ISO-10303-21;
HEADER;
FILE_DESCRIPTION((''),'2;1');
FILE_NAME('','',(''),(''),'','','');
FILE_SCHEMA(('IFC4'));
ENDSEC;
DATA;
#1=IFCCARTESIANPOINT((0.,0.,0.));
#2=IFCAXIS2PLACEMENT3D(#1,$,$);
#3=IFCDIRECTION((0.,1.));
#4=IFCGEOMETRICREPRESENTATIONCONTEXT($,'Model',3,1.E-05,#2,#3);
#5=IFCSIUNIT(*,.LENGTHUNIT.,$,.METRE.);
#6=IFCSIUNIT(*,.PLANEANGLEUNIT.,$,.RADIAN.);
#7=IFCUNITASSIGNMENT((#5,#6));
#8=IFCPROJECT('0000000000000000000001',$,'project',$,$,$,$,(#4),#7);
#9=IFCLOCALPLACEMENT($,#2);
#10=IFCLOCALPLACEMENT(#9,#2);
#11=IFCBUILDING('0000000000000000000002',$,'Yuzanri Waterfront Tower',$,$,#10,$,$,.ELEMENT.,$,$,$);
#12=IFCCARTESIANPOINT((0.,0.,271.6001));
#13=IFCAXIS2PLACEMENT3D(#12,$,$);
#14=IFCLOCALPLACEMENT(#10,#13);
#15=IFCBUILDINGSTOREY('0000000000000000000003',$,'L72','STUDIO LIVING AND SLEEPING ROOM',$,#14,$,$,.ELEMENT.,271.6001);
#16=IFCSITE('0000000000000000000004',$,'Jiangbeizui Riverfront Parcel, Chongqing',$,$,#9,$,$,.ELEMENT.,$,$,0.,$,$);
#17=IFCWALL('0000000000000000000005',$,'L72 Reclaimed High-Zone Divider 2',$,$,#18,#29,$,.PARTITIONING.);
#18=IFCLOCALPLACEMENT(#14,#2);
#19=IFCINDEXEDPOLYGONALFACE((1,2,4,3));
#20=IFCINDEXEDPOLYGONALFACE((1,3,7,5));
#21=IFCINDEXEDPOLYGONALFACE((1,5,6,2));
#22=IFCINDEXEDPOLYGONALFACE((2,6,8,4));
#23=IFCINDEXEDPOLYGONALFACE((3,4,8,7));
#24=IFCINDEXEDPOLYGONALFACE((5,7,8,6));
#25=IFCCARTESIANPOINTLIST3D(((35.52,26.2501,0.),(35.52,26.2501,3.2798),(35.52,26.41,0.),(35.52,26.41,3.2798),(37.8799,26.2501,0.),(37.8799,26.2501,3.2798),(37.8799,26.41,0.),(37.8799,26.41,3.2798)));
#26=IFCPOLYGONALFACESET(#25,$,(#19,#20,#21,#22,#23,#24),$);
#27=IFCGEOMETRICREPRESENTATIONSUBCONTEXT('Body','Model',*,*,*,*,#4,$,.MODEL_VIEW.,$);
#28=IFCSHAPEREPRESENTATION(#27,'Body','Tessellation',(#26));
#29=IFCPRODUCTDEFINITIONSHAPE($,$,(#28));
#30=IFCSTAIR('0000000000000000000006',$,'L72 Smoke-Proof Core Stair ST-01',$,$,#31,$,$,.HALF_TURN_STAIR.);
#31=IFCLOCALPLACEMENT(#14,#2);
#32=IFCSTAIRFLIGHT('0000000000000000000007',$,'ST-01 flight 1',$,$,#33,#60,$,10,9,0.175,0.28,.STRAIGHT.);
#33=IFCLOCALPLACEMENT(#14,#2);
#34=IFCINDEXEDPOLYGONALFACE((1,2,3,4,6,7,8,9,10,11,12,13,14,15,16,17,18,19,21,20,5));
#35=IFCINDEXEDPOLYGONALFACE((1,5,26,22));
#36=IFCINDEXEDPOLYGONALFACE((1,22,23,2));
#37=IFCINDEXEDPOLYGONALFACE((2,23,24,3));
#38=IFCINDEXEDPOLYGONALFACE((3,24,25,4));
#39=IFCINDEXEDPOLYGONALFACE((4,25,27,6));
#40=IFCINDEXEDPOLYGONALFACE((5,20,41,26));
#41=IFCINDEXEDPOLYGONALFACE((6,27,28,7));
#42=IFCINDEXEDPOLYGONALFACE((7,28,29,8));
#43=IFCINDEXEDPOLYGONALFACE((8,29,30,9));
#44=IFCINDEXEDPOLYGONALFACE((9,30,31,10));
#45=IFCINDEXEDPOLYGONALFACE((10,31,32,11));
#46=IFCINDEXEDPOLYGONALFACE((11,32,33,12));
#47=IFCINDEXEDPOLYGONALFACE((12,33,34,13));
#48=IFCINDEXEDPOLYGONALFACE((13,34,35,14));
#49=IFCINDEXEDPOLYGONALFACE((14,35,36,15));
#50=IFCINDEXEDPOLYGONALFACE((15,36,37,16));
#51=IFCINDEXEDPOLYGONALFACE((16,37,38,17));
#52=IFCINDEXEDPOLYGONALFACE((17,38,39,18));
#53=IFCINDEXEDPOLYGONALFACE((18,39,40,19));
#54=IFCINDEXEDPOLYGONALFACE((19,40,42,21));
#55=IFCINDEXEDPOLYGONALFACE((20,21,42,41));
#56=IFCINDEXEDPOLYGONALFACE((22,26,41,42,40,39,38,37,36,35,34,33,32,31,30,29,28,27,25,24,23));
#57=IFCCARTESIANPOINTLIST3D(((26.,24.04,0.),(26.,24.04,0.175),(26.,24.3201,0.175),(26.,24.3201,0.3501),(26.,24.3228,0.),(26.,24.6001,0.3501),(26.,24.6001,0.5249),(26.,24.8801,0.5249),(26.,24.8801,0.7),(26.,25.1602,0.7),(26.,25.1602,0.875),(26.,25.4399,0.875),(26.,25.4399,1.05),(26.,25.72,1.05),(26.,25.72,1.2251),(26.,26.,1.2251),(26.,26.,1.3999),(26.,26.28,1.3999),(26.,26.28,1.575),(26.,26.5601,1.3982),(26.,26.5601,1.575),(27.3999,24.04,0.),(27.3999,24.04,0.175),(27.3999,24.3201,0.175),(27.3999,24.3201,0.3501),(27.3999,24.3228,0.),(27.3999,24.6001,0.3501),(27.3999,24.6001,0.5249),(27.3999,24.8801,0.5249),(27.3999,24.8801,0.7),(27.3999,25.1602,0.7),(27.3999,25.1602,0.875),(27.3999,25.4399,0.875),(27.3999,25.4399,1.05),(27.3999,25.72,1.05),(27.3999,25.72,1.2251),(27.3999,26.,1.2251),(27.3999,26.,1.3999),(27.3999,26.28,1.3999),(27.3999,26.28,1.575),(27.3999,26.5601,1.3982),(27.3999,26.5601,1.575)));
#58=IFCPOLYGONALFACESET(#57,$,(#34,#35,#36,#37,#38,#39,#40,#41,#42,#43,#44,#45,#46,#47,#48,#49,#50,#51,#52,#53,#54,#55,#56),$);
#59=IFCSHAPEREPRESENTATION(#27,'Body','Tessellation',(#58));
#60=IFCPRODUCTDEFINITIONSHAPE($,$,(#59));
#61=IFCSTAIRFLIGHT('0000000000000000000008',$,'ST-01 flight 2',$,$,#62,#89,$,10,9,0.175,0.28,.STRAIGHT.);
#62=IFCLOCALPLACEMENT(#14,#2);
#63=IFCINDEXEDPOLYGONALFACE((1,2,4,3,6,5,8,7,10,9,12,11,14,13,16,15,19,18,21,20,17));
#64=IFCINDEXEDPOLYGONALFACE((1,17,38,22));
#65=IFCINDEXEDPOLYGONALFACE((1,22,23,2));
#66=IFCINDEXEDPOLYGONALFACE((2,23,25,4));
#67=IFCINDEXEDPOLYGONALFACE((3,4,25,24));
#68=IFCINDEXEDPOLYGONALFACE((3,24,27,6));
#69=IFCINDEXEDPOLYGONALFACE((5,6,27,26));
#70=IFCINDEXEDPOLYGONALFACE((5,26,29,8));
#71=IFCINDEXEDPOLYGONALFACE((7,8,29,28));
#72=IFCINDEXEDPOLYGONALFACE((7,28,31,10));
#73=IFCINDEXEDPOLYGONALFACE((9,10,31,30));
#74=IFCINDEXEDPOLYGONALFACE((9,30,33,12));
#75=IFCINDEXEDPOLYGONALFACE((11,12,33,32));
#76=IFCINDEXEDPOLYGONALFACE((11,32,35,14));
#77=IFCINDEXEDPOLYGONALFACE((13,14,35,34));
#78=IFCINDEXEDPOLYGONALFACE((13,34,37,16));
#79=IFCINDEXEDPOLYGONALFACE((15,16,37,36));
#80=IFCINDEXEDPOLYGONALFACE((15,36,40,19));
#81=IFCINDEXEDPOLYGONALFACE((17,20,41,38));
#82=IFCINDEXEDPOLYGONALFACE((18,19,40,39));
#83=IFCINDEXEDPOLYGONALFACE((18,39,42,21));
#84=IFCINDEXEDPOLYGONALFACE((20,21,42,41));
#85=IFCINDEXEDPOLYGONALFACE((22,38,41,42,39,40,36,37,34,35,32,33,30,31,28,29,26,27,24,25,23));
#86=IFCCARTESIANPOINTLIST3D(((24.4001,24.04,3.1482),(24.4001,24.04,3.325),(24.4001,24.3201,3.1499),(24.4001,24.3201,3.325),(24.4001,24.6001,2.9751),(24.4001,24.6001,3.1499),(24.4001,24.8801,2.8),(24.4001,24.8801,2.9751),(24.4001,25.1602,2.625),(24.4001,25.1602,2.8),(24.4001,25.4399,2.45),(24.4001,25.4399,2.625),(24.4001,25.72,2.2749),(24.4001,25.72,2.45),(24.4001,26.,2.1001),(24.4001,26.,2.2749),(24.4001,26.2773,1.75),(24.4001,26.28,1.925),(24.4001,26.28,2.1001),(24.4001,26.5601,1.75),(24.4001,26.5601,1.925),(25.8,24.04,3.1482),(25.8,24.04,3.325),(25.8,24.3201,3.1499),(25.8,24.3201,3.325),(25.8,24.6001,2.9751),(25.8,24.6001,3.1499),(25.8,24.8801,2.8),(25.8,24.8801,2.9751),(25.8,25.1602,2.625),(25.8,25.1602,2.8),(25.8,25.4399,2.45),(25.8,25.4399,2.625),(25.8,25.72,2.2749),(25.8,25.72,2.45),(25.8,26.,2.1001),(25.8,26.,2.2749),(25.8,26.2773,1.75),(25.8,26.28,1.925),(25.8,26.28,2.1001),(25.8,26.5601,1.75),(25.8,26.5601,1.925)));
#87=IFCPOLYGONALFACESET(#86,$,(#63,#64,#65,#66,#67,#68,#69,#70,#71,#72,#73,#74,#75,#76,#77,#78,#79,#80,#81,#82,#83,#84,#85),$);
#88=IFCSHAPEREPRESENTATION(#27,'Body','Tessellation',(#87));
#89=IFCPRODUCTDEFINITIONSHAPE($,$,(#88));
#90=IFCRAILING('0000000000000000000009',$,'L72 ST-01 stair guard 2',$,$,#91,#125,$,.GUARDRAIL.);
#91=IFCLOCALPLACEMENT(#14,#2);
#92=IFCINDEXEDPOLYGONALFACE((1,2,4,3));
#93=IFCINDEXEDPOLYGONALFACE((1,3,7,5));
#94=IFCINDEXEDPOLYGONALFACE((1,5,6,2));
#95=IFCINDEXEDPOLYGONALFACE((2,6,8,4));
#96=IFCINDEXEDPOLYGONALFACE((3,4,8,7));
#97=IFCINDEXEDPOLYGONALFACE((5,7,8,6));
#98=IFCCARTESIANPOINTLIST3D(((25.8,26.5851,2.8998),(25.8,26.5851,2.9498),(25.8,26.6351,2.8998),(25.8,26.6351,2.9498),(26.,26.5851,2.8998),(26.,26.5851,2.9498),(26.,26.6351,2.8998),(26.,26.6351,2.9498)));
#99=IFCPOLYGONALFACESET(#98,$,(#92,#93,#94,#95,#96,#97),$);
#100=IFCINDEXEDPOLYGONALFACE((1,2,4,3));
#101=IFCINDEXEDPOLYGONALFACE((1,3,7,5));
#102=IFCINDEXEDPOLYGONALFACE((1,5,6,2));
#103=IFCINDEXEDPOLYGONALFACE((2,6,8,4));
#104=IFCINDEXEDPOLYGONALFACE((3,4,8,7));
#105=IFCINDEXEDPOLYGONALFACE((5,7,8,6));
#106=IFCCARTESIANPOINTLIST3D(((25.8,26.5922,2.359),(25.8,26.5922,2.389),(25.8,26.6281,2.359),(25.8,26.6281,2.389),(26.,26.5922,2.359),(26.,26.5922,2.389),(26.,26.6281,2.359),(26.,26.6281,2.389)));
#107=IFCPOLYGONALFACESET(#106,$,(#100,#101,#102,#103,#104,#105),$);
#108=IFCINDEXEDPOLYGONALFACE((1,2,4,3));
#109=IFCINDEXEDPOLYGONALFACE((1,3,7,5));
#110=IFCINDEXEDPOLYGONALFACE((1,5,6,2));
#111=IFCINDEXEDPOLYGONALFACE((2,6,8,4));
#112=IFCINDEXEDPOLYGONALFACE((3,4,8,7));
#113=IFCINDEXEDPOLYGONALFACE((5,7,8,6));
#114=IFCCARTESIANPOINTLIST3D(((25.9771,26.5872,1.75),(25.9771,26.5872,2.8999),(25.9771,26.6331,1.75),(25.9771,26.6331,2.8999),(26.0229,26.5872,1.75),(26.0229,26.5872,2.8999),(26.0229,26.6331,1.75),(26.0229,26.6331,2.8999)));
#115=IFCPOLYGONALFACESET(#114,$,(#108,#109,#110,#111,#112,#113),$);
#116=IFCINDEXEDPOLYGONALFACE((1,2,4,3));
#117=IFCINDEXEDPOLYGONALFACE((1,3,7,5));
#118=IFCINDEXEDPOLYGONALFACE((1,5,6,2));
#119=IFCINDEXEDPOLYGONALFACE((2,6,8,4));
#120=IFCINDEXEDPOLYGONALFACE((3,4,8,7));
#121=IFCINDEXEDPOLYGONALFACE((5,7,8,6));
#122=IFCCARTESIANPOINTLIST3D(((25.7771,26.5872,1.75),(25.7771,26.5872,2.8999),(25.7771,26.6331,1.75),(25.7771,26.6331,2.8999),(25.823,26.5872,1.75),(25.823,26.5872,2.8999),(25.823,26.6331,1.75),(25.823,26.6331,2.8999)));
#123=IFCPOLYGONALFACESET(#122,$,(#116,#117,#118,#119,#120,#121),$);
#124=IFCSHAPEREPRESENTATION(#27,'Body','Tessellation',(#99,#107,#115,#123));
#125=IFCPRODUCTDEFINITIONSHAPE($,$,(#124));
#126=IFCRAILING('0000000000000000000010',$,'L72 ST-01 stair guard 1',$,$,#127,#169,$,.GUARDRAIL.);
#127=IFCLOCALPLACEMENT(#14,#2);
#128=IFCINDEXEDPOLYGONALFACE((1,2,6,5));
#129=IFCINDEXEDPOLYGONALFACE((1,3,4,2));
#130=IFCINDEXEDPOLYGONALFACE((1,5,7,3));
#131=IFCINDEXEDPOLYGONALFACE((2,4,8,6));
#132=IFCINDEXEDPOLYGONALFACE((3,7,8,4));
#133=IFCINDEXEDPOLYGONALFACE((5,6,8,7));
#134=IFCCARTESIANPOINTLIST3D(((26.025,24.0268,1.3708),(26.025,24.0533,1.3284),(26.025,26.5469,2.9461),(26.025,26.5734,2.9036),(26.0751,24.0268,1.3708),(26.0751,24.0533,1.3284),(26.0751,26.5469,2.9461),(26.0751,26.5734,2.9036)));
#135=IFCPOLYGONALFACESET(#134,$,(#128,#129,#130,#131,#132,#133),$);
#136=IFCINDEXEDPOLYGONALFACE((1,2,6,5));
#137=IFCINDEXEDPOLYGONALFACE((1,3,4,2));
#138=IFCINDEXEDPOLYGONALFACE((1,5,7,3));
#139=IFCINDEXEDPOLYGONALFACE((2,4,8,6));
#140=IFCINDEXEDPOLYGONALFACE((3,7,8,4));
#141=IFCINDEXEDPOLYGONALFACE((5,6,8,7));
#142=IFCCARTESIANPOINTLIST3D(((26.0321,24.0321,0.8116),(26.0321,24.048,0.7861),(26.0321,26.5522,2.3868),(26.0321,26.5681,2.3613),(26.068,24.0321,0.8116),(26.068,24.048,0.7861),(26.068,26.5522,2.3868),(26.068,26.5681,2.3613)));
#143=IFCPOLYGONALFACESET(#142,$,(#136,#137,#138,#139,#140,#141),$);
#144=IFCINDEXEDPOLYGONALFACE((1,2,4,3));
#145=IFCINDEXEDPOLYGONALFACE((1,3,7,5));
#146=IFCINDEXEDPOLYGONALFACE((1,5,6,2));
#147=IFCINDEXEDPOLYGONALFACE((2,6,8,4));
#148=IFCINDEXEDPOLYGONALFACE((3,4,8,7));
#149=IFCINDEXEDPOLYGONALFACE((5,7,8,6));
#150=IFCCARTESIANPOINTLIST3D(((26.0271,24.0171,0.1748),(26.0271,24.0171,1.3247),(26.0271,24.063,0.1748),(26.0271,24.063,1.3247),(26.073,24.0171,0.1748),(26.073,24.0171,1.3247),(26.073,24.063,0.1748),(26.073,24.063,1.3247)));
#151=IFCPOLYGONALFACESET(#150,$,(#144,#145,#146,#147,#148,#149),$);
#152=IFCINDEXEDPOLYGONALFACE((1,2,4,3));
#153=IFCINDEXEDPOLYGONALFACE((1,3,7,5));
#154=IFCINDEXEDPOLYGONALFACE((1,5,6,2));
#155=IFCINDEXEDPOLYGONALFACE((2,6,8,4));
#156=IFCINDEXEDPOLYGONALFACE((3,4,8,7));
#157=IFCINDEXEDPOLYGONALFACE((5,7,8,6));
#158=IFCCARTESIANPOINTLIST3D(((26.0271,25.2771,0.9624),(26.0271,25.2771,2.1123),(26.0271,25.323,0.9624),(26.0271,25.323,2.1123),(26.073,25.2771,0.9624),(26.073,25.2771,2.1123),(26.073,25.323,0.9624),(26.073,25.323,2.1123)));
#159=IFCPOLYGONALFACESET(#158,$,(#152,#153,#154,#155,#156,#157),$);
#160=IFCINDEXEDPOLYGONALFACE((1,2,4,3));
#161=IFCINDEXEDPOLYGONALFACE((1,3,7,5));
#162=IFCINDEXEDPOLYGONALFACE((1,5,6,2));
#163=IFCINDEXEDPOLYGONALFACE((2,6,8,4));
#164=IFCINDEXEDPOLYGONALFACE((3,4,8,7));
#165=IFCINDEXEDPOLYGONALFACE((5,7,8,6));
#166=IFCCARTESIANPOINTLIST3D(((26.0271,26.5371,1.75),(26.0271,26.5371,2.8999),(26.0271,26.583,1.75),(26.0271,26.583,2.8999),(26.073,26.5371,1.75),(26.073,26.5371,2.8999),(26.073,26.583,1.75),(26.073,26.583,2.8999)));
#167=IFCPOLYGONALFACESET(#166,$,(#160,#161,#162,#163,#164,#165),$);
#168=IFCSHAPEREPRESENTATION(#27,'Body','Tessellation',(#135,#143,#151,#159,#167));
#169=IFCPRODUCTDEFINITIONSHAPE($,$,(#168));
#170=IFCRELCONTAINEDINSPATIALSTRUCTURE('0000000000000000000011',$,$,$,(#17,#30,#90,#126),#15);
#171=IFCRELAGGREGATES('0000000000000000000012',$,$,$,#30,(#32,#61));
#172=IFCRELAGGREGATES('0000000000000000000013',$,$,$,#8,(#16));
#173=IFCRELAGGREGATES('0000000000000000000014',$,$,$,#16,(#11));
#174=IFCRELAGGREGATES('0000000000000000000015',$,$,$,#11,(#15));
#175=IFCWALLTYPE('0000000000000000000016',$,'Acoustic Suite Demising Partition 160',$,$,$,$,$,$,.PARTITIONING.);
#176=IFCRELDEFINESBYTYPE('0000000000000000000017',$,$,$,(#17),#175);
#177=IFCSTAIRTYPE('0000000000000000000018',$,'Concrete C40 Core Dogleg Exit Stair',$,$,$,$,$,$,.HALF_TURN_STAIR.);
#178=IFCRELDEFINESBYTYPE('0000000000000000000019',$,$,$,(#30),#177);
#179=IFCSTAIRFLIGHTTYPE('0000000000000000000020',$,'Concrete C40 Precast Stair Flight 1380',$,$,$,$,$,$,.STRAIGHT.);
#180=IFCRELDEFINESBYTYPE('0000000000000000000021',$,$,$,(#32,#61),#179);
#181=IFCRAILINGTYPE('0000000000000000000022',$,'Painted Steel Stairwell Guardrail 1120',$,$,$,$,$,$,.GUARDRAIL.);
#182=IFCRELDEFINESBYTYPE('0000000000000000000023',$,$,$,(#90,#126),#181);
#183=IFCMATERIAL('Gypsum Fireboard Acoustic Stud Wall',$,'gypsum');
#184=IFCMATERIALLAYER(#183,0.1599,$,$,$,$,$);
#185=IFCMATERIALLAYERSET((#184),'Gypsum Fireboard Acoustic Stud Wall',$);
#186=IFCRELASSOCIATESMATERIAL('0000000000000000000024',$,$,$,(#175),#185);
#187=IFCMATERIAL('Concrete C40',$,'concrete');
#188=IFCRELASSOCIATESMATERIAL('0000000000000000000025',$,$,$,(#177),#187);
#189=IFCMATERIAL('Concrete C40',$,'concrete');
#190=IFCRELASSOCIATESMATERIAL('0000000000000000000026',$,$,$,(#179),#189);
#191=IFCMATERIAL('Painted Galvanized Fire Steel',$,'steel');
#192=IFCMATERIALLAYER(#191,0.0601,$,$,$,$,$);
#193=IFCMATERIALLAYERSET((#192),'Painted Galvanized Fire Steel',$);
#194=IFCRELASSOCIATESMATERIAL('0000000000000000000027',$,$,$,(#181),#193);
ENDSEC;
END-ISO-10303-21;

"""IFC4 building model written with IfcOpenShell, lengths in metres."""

from ifc_helpers import new_model, si_unit, direction, frame, frame_2d, origin, origin_2d, place, context, subcontext, project, spatial, polyline, rectangle, outline, extrude, source, transform, mapped, material, layer, layer_set, type_object, element, aggregate, save


model = new_model("IFC4")

# Units and contexts
model_context = context("Model", 3, precision=1e-05, world=origin(), true_north=direction((0.0, 1.0)))
body_context = subcontext(model_context, "Body", "Model", "MODEL_VIEW")
ifc_project = project(units=[si_unit("LENGTHUNIT", "METRE"), si_unit("PLANEANGLEUNIT", "RADIAN")], contexts=[model_context])

# Site, building, storey
site_placement = place(None, origin())
site = spatial("IfcSite", under=ifc_project, at=site_placement, Name="Jiangbeizui Riverfront Parcel, Chongqing", CompositionType="ELEMENT", RefElevation=0.0)
building_placement = place(site_placement, origin())
building = spatial("IfcBuilding", under=site, at=building_placement, Name="Yuzanri Waterfront Tower", CompositionType="ELEMENT")
storey_placement = place(building_placement, frame((0.0, 0.0, 271.6001)))
storey = spatial("IfcBuildingStorey", under=building, at=storey_placement, Name="L72", Description="STUDIO LIVING AND SLEEPING ROOM", CompositionType="ELEMENT", Elevation=271.6001)

# Wall
ifc_material_1 = material(Name="Gypsum Fireboard Acoustic Stud Wall", Category="gypsum")
ifc_layer_1 = layer(ifc_material_1, 0.1599)
ifc_layer_set_1 = layer_set([ifc_layer_1], Name="Gypsum Fireboard Acoustic Stud Wall")
wall_type_1 = type_object("IfcWallType", Name="Acoustic Suite Demising Partition 160", PredefinedType="PARTITIONING", material=ifc_layer_set_1)
shared_shape_1 = source(origin(), body_context, "Body", "SweptSolid", [
    extrude(rectangle(XDim=2.3599, YDim=0.1599, at=frame_2d((1.1799, 0.0))), origin(), (0.0, 0.0, 1.0), 3.2798),
])
wall_1_placement = place(storey_placement, frame((35.52, 26.3301, 0.0), z_axis=(0.0, 0.0, 1.0), x_axis=(1.0, 0.0, 0.0)))
element("IfcWall", 1, at=wall_1_placement, inside=storey, type_object=wall_type_1, Name="L72 Reclaimed High-Zone Divider 2", PredefinedType="PARTITIONING", context=body_context, shape_type="MappedRepresentation", body=[
    mapped(shared_shape_1, transform((0.0, 0.0, 0.0), scale=1.0)),
])

# Stair, stair flights
ifc_material_2 = material(Name="Concrete C40", Category="concrete")
stair_type = type_object("IfcStairType", Name="Concrete C40 Core Dogleg Exit Stair", PredefinedType="HALF_TURN_STAIR", material=ifc_material_2)
stair_placement = place(storey_placement, origin())
stair = element("IfcStair", 2, at=stair_placement, inside=storey, type_object=stair_type, Name="L72 Smoke-Proof Core Stair ST-01", PredefinedType="HALF_TURN_STAIR")
ifc_material_3 = material(Name="Concrete C40", Category="concrete")
stair_flight_type = type_object("IfcStairFlightType", Name="Concrete C40 Precast Stair Flight 1380", PredefinedType="STRAIGHT", material=ifc_material_3)
shared_shape_2 = source(origin(), body_context, "Body", "SweptSolid", [
    extrude(outline(polyline([(0.0, 0.0), (0.0, 0.175), (0.28, 0.175), (0.28, 0.3501), (0.5601, 0.3501), (0.5601, 0.5249), (0.8401, 0.5249), (0.8401, 0.7), (1.1201, 0.7), (1.1201, 0.875), (1.3999, 0.875), (1.3999, 1.05), (1.6799, 1.05), (1.6799, 1.2251), (1.96, 1.2251), (1.96, 1.3999), (2.24, 1.3999), (2.24, 1.575), (2.52, 1.575), (2.52, 1.75), (2.52, 1.3982), (0.2827, 0.0), (0.0, 0.0)])), frame((0.0, 0.7, 0.0), z_axis=(0.0, -1.0, 0.0), x_axis=(1.0, 0.0, 0.0)), (0.0, 0.0, 1.0), 1.3999),
])
stair_flight_1_placement = place(storey_placement, frame((26.7, 24.04, 0.0), z_axis=(0.0, 0.0, 1.0), x_axis=(0.0, 1.0, 0.0)))
stair_flight_1 = element("IfcStairFlight", 3, at=stair_flight_1_placement, type_object=stair_flight_type, Name="ST-01 flight 1", NumberOfRisers=10, NumberOfTreads=9, PredefinedType="STRAIGHT", RiserHeight=0.175, TreadLength=0.28, context=body_context, shape_type="MappedRepresentation", body=[
    mapped(shared_shape_2, transform((0.0, 0.0, 0.0), scale=1.0)),
])
stair_flight_2_placement = place(storey_placement, frame((25.1001, 26.5601, 1.75), z_axis=(0.0, 0.0, 1.0), x_axis=(0.0, -1.0, 0.0)))
stair_flight_2 = element("IfcStairFlight", 4, at=stair_flight_2_placement, type_object=stair_flight_type, Name="ST-01 flight 2", NumberOfRisers=10, NumberOfTreads=9, PredefinedType="STRAIGHT", RiserHeight=0.175, TreadLength=0.28, context=body_context, shape_type="MappedRepresentation", body=[
    mapped(shared_shape_2, transform((0.0, 0.0, 0.0), scale=1.0)),
])
aggregate(stair, [stair_flight_1, stair_flight_2])

# Railings
ifc_material_4 = material(Name="Painted Galvanized Fire Steel", Category="steel")
ifc_layer_2 = layer(ifc_material_4, 0.0601)
ifc_layer_set_2 = layer_set([ifc_layer_2], Name="Painted Galvanized Fire Steel")
railing_type_1 = type_object("IfcRailingType", Name="Painted Steel Stairwell Guardrail 1120", PredefinedType="GUARDRAIL", material=ifc_layer_set_2)
shared_shape_3 = source(origin(), body_context, "Body", "SweptSolid", [
    extrude(rectangle(XDim=0.05, YDim=0.05, at=origin_2d()), frame((0.0, 0.0, 1.1748), z_axis=(-1.0, 0.0, 0.0), x_axis=(0.0, -1.0, 0.0)), (0.0, 0.0, 1.0), 0.2),
    extrude(rectangle(XDim=0.0359, YDim=0.03, at=origin_2d()), frame((0.0, 0.0, 0.624), z_axis=(-1.0, 0.0, 0.0), x_axis=(0.0, -1.0, 0.0)), (0.0, 0.0, 1.0), 0.2),
    extrude(rectangle(XDim=0.0459, YDim=0.0459, at=origin_2d()), origin(), (0.0, 0.0, 1.0), 1.1499),
    extrude(rectangle(XDim=0.0459, YDim=0.0459, at=origin_2d()), frame((-0.2, 0.0, 0.0)), (0.0, 0.0, 1.0), 1.1499),
])
railing_1_placement = place(storey_placement, frame((26.0, 26.6101, 1.75)))
element("IfcRailing", 5, at=railing_1_placement, inside=storey, type_object=railing_type_1, Name="L72 ST-01 stair guard 2", PredefinedType="GUARDRAIL", context=body_context, shape_type="MappedRepresentation", body=[
    mapped(shared_shape_3, transform((0.0, 0.0, 0.0), scale=1.0)),
])
shared_shape_4 = source(origin(), body_context, "Body", "SweptSolid", [
    extrude(rectangle(XDim=0.05, YDim=0.05, at=origin_2d()), frame((0.0, 0.0, 1.1748), z_axis=(0.0, 0.847971, 0.530043), x_axis=(-1.0, 0.0, 0.0)), (0.0, 0.0, 1.0), 2.9719),
    extrude(rectangle(XDim=0.0359, YDim=0.03, at=origin_2d()), frame((0.0, 0.0, 0.624), z_axis=(0.0, 0.847971, 0.530043), x_axis=(-1.0, 0.0, 0.0)), (0.0, 0.0, 1.0), 2.9719),
    extrude(rectangle(XDim=0.0459, YDim=0.0459, at=origin_2d()), origin(), (0.0, 0.0, 1.0), 1.1499),
    extrude(rectangle(XDim=0.0459, YDim=0.0459, at=origin_2d()), frame((0.0, 1.26, 0.7876)), (0.0, 0.0, 1.0), 1.1499),
    extrude(rectangle(XDim=0.0459, YDim=0.0459, at=origin_2d()), frame((0.0, 2.52, 1.5752)), (0.0, 0.0, 1.0), 1.1499),
])
railing_2_placement = place(storey_placement, frame((26.05, 24.04, 0.1748)))
element("IfcRailing", 6, at=railing_2_placement, inside=storey, type_object=railing_type_1, Name="L72 ST-01 stair guard 1", PredefinedType="GUARDRAIL", context=body_context, shape_type="MappedRepresentation", body=[
    mapped(shared_shape_4, transform((0.0, 0.0, 0.0), scale=1.0)),
])

save(model, "model.ifc")
